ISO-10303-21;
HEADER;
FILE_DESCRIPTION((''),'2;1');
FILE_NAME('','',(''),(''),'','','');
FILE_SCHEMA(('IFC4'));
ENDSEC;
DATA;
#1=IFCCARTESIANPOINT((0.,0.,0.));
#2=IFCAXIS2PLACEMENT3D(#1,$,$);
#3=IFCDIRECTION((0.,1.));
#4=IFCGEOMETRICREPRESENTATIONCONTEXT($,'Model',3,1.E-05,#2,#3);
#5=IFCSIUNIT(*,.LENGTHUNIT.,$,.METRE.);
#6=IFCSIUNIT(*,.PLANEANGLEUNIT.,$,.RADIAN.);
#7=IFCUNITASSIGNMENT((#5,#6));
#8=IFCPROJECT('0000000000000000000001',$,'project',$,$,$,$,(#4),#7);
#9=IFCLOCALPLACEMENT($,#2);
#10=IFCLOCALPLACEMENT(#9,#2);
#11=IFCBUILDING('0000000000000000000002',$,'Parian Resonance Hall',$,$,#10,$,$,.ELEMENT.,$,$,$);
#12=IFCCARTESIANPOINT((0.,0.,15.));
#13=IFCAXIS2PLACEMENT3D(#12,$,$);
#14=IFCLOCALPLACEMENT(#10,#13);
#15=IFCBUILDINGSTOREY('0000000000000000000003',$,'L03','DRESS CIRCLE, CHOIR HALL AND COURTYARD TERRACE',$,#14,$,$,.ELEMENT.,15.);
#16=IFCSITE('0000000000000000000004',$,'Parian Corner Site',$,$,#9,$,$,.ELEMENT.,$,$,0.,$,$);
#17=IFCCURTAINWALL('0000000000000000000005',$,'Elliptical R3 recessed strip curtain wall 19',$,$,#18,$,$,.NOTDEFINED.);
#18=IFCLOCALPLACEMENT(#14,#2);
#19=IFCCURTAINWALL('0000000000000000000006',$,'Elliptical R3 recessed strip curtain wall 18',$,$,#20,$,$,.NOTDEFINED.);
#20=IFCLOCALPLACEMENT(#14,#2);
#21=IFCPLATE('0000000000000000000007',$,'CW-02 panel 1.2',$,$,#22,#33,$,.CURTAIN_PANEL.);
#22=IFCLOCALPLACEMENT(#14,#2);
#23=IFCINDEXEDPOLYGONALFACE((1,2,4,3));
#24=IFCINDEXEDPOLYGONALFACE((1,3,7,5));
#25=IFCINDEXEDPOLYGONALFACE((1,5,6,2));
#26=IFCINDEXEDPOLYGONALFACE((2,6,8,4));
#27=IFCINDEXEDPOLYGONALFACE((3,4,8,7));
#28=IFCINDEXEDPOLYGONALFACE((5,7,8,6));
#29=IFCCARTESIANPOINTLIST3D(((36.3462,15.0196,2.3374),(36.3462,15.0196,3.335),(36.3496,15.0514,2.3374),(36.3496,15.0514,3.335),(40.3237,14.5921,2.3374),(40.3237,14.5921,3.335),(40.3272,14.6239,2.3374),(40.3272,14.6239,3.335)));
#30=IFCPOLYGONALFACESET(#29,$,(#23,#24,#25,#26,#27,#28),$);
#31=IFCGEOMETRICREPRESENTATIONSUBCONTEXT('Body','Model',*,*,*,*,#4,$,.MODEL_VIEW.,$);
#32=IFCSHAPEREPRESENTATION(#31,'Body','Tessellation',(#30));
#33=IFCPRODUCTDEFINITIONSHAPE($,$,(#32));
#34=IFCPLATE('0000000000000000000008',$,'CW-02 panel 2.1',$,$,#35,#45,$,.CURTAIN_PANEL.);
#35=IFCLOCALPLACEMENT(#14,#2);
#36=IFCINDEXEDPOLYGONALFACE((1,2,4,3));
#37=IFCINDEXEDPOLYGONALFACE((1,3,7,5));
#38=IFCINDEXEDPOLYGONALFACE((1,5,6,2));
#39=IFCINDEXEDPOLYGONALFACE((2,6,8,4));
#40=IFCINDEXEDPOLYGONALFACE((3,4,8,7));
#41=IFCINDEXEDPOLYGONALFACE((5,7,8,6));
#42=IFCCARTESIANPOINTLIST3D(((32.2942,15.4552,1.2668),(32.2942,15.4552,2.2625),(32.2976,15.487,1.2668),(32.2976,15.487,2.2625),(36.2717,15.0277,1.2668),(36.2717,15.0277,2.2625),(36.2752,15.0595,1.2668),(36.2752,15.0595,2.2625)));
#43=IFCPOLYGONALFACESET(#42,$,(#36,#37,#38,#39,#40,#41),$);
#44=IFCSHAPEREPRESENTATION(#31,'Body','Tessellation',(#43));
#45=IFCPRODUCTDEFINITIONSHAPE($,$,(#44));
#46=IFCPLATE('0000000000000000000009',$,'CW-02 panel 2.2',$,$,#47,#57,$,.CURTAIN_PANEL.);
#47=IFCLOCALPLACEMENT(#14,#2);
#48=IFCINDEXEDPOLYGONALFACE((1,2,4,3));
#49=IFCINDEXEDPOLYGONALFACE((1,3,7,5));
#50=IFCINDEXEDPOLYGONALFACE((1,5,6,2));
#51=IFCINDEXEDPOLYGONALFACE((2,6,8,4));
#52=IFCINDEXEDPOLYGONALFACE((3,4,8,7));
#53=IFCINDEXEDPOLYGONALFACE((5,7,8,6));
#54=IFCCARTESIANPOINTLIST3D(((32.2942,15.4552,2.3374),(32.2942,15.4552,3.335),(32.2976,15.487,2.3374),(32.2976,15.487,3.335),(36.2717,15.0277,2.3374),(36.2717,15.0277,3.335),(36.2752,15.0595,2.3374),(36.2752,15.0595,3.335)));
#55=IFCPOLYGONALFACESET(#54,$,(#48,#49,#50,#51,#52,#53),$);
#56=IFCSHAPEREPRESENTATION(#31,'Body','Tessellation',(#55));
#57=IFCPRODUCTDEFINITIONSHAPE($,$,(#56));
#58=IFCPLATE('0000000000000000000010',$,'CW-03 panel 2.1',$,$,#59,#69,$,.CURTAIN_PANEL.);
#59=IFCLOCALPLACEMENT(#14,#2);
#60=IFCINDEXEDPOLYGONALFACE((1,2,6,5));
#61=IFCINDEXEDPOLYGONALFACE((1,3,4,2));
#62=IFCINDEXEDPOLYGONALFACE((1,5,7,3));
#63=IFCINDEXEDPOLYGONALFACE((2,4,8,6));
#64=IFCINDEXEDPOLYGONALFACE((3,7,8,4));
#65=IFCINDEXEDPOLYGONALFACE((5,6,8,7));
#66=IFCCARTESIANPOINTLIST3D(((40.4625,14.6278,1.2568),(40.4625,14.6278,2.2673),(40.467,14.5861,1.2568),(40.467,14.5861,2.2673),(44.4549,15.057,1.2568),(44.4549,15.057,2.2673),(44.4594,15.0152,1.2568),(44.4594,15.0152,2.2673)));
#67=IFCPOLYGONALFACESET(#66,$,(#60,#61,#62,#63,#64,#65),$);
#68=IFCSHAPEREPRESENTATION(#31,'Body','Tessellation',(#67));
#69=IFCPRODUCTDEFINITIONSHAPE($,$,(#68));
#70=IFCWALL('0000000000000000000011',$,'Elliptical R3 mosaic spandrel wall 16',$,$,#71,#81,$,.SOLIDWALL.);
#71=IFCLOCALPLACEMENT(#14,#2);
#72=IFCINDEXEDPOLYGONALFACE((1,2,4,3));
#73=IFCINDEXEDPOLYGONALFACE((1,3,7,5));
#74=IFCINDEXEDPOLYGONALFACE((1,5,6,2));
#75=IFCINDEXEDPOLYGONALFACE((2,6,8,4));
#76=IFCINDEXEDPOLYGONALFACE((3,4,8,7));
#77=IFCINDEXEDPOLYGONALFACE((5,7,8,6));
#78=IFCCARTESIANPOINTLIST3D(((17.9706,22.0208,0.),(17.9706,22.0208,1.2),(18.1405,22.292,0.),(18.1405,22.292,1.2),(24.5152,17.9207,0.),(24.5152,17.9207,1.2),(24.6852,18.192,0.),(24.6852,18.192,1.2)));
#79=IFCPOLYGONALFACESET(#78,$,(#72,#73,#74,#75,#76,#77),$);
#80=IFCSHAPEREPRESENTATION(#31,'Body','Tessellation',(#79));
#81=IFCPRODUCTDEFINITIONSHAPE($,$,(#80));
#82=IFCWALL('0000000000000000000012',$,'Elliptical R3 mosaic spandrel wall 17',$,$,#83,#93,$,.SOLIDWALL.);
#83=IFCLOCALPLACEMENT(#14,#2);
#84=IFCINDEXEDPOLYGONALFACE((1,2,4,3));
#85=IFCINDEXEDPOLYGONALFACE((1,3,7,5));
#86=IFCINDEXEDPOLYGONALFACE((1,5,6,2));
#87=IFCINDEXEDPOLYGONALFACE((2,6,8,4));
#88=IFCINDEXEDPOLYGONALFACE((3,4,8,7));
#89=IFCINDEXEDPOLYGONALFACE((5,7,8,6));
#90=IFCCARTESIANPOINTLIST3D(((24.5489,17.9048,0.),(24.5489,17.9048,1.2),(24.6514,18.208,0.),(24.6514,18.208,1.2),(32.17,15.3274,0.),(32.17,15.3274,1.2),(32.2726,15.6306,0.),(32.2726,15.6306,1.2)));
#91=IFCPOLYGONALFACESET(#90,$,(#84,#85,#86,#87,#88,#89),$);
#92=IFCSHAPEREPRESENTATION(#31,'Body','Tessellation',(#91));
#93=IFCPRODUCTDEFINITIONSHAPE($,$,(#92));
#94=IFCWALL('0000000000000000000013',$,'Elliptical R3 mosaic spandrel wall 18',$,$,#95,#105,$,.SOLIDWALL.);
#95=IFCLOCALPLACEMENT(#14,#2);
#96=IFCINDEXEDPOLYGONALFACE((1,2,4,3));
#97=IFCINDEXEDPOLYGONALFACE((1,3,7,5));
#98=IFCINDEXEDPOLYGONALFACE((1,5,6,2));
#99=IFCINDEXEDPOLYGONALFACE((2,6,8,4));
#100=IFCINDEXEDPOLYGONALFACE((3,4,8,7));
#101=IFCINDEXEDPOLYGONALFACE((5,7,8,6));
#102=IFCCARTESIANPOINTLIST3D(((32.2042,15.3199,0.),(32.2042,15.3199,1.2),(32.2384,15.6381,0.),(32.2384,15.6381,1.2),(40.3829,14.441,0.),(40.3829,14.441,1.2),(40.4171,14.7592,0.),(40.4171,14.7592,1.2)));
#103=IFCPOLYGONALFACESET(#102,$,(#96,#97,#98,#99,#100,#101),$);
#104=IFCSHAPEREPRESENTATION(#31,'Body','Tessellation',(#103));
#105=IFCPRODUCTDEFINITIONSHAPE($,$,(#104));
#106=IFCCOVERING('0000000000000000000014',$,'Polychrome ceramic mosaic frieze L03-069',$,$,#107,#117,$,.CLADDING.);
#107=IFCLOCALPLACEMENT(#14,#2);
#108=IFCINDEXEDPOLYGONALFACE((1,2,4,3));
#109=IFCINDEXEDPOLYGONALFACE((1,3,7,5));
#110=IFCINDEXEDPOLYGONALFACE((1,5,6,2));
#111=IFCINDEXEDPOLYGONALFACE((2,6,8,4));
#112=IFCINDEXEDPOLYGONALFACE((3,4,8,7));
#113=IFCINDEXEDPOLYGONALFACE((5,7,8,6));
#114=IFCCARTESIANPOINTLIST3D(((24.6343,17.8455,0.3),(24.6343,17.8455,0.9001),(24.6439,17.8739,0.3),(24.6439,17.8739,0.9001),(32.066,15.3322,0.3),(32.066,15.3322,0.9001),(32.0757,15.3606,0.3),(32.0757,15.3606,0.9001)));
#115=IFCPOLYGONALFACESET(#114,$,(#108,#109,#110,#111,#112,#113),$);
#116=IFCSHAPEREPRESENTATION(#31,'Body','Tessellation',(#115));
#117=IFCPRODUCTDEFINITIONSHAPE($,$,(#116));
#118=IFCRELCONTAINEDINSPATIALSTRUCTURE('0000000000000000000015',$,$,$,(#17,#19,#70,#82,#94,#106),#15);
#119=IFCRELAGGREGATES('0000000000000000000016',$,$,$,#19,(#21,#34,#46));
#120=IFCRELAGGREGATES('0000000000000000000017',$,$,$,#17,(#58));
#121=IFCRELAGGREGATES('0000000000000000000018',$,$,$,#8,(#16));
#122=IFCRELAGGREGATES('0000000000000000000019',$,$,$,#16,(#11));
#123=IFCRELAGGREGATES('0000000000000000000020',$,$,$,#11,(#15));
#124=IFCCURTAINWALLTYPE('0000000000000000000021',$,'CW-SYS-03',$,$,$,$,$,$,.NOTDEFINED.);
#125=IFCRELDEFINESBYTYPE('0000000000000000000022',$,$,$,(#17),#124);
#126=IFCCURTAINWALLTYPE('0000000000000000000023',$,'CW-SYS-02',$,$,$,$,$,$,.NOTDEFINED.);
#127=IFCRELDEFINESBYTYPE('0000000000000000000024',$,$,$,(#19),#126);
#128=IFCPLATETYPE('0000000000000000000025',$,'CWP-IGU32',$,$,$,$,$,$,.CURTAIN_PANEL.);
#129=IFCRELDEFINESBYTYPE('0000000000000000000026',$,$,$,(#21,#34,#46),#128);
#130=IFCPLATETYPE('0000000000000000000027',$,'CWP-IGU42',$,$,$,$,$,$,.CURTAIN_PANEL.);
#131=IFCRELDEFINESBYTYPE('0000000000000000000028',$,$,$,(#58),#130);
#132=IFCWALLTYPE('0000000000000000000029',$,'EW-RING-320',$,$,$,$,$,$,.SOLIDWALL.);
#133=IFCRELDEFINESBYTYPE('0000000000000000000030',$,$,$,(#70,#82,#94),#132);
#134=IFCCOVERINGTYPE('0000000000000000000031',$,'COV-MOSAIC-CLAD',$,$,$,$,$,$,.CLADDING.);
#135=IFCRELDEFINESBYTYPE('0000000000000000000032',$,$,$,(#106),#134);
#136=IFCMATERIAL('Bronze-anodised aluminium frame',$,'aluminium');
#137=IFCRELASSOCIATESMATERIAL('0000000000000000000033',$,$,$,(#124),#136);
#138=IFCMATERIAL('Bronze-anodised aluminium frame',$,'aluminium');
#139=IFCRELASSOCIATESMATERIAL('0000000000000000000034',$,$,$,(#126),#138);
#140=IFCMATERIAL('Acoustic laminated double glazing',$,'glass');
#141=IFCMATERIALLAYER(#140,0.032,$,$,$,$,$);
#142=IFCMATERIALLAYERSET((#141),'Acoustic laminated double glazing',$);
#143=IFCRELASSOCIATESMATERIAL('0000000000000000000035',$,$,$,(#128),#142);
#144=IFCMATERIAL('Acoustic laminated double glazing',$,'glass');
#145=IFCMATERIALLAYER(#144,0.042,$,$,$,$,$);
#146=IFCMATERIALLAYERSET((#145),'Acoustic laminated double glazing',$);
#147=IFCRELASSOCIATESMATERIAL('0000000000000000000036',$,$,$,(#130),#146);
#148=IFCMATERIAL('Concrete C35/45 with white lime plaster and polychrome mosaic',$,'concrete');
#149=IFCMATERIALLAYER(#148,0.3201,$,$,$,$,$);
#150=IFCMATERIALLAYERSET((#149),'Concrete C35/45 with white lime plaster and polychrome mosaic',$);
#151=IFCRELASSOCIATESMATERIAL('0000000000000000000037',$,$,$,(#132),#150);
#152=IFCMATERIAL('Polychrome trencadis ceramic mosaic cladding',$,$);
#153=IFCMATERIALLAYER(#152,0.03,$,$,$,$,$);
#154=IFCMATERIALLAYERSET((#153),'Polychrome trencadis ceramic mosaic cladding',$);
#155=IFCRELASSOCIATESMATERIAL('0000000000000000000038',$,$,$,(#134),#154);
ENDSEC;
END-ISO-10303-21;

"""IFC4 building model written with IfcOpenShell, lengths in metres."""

from ifc_helpers import new_model, si_unit, direction, frame, frame_2d, origin, origin_2d, place, context, subcontext, project, spatial, rectangle, extrude, material, layer, layer_set, type_object, element, aggregate, save


model = new_model("IFC4")

# Units and contexts
model_context = context("Model", 3, precision=1e-05, world=origin(), true_north=direction((0.0, 1.0)))
body_context = subcontext(model_context, "Body", "Model", "MODEL_VIEW")
ifc_project = project(units=[si_unit("LENGTHUNIT", "METRE"), si_unit("PLANEANGLEUNIT", "RADIAN")], contexts=[model_context])

# Site, building, storey
site_placement = place(None, origin())
site = spatial("IfcSite", under=ifc_project, at=site_placement, Name="Parian Corner Site", CompositionType="ELEMENT", RefElevation=0.0)
building_placement = place(site_placement, origin())
building = spatial("IfcBuilding", under=site, at=building_placement, Name="Parian Resonance Hall", CompositionType="ELEMENT")
storey_placement = place(building_placement, frame((0.0, 0.0, 15.0)))
storey = spatial("IfcBuildingStorey", under=building, at=storey_placement, Name="L03", Description="DRESS CIRCLE, CHOIR HALL AND COURTYARD TERRACE", CompositionType="ELEMENT", Elevation=15.0)

# Curtain wall
ifc_material_1 = material(Name="Bronze-anodised aluminium frame", Category="aluminium")
curtain_wall_type_1 = type_object("IfcCurtainWallType", Name="CW-SYS-03", PredefinedType="NOTDEFINED", material=ifc_material_1)
curtain_wall_1_placement = place(storey_placement, origin())
curtain_wall_1 = element("IfcCurtainWall", 1, at=curtain_wall_1_placement, inside=storey, type_object=curtain_wall_type_1, Name="Elliptical R3 recessed strip curtain wall 19", PredefinedType="NOTDEFINED")

# Curtain wall
ifc_material_2 = material(Name="Bronze-anodised aluminium frame", Category="aluminium")
curtain_wall_type_2 = type_object("IfcCurtainWallType", Name="CW-SYS-02", PredefinedType="NOTDEFINED", material=ifc_material_2)
curtain_wall_2_placement = place(storey_placement, origin())
curtain_wall_2 = element("IfcCurtainWall", 2, at=curtain_wall_2_placement, inside=storey, type_object=curtain_wall_type_2, Name="Elliptical R3 recessed strip curtain wall 18", PredefinedType="NOTDEFINED")

# Plates
ifc_material_3 = material(Name="Acoustic laminated double glazing", Category="glass")
ifc_layer_1 = layer(ifc_material_3, 0.032)
ifc_layer_set_1 = layer_set([ifc_layer_1], Name="Acoustic laminated double glazing")
plate_type_1 = type_object("IfcPlateType", Name="CWP-IGU32", PredefinedType="CURTAIN_PANEL", material=ifc_layer_set_1)
plate_1_placement = place(storey_placement, frame((38.3367, 14.8218, 2.3374), z_axis=(0.0, 0.0, 1.0), x_axis=(-0.994273, 0.106871, 0.0)))
plate_1 = element("IfcPlate", 3, at=plate_1_placement, type_object=plate_type_1, Name="CW-02 panel 1.2", PredefinedType="CURTAIN_PANEL", context=body_context, shape_type="SweptSolid", body=[
    extrude(rectangle(XDim=4.0005, YDim=0.032, at=origin_2d()), origin(), (0.0, 0.0, 1.0), 0.9976),
])
plate_2_placement = place(storey_placement, frame((34.2847, 15.2573, 1.2668), z_axis=(0.0, 0.0, 1.0), x_axis=(-0.994273, 0.106871, 0.0)))
plate_2 = element("IfcPlate", 4, at=plate_2_placement, type_object=plate_type_1, Name="CW-02 panel 2.1", PredefinedType="CURTAIN_PANEL", context=body_context, shape_type="SweptSolid", body=[
    extrude(rectangle(XDim=4.0005, YDim=0.032, at=origin_2d()), origin(), (0.0, 0.0, 1.0), 0.9956),
])
plate_3_placement = place(storey_placement, frame((34.2847, 15.2573, 2.3374), z_axis=(0.0, 0.0, 1.0), x_axis=(-0.994273, 0.106871, 0.0)))
plate_3 = element("IfcPlate", 5, at=plate_3_placement, type_object=plate_type_1, Name="CW-02 panel 2.2", PredefinedType="CURTAIN_PANEL", context=body_context, shape_type="SweptSolid", body=[
    extrude(rectangle(XDim=4.0005, YDim=0.032, at=origin_2d()), origin(), (0.0, 0.0, 1.0), 0.9976),
])
aggregate(curtain_wall_2, [plate_1, plate_2, plate_3])
ifc_material_4 = material(Name="Acoustic laminated double glazing", Category="glass")
ifc_layer_2 = layer(ifc_material_4, 0.042)
ifc_layer_set_2 = layer_set([ifc_layer_2], Name="Acoustic laminated double glazing")
plate_type_2 = type_object("IfcPlateType", Name="CWP-IGU42", PredefinedType="CURTAIN_PANEL", material=ifc_layer_set_2)
plate_4_placement = place(storey_placement, frame((42.4609, 14.8215, 1.2568), z_axis=(0.0, 0.0, 1.0), x_axis=(-0.994273, -0.106871, 0.0)))
plate_4 = element("IfcPlate", 6, at=plate_4_placement, type_object=plate_type_2, Name="CW-03 panel 2.1", PredefinedType="CURTAIN_PANEL", context=body_context, shape_type="SweptSolid", body=[
    extrude(rectangle(XDim=4.0154, YDim=0.042, at=origin_2d()), origin(), (0.0, 0.0, 1.0), 1.0105),
])
aggregate(curtain_wall_1, [plate_4])

# Walls
ifc_material_5 = material(Name="Concrete C35/45 with white lime plaster and polychrome mosaic", Category="concrete")
ifc_layer_3 = layer(ifc_material_5, 0.3201)
ifc_layer_set_3 = layer_set([ifc_layer_3], Name="Concrete C35/45 with white lime plaster and polychrome mosaic")
wall_type = type_object("IfcWallType", Name="EW-RING-320", PredefinedType="SOLIDWALL", material=ifc_layer_set_3)
wall_1_placement = place(storey_placement, frame((24.6001, 18.0564, 0.0), z_axis=(0.0, 0.0, 1.0), x_axis=(-0.847435, 0.530899, 0.0)))
element("IfcWall", 7, at=wall_1_placement, inside=storey, type_object=wall_type, Name="Elliptical R3 mosaic spandrel wall 16", PredefinedType="SOLIDWALL", context=body_context, shape_type="SweptSolid", body=[
    extrude(rectangle(XDim=7.7229, YDim=0.3201, at=frame_2d((3.8613, 0.0))), origin(), (0.0, 0.0, 1.0), 1.2),
])
wall_2_placement = place(storey_placement, frame((32.2212, 15.479, 0.0), z_axis=(0.0, 0.0, 1.0), x_axis=(-0.947293, 0.320367, 0.0)))
element("IfcWall", 8, at=wall_2_placement, inside=storey, type_object=wall_type, Name="Elliptical R3 mosaic spandrel wall 17", PredefinedType="SOLIDWALL", context=body_context, shape_type="SweptSolid", body=[
    extrude(rectangle(XDim=8.0452, YDim=0.3201, at=frame_2d((4.0225, 0.0))), origin(), (0.0, 0.0, 1.0), 1.2),
])
wall_3_placement = place(storey_placement, frame((40.3999, 14.6001, 0.0), z_axis=(0.0, 0.0, 1.0), x_axis=(-0.994275, 0.106848, 0.0)))
element("IfcWall", 9, at=wall_3_placement, inside=storey, type_object=wall_type, Name="Elliptical R3 mosaic spandrel wall 18", PredefinedType="SOLIDWALL", context=body_context, shape_type="SweptSolid", body=[
    extrude(rectangle(XDim=8.2258, YDim=0.3201, at=frame_2d((4.1128, 0.0))), origin(), (0.0, 0.0, 1.0), 1.2),
])

# Covering
ifc_material_6 = material(Name="Polychrome trencadis ceramic mosaic cladding")
ifc_layer_4 = layer(ifc_material_6, 0.03)
ifc_layer_set_4 = layer_set([ifc_layer_4], Name="Polychrome trencadis ceramic mosaic cladding")
covering_type = type_object("IfcCoveringType", Name="COV-MOSAIC-CLAD", PredefinedType="CLADDING", material=ifc_layer_set_4)
covering_placement = place(storey_placement, frame((28.355, 16.603, 0.3), z_axis=(0.0, 0.0, 1.0), x_axis=(-0.947296, 0.32036, 0.0)))
element("IfcCovering", 10, at=covering_placement, inside=storey, type_object=covering_type, Name="Polychrome ceramic mosaic frieze L03-069", PredefinedType="CLADDING", context=body_context, shape_type="SweptSolid", body=[
    extrude(rectangle(XDim=7.8452, YDim=0.03, at=origin_2d()), origin(), (0.0, 0.0, 1.0), 0.6001),
])

save(model, "model.ifc")
